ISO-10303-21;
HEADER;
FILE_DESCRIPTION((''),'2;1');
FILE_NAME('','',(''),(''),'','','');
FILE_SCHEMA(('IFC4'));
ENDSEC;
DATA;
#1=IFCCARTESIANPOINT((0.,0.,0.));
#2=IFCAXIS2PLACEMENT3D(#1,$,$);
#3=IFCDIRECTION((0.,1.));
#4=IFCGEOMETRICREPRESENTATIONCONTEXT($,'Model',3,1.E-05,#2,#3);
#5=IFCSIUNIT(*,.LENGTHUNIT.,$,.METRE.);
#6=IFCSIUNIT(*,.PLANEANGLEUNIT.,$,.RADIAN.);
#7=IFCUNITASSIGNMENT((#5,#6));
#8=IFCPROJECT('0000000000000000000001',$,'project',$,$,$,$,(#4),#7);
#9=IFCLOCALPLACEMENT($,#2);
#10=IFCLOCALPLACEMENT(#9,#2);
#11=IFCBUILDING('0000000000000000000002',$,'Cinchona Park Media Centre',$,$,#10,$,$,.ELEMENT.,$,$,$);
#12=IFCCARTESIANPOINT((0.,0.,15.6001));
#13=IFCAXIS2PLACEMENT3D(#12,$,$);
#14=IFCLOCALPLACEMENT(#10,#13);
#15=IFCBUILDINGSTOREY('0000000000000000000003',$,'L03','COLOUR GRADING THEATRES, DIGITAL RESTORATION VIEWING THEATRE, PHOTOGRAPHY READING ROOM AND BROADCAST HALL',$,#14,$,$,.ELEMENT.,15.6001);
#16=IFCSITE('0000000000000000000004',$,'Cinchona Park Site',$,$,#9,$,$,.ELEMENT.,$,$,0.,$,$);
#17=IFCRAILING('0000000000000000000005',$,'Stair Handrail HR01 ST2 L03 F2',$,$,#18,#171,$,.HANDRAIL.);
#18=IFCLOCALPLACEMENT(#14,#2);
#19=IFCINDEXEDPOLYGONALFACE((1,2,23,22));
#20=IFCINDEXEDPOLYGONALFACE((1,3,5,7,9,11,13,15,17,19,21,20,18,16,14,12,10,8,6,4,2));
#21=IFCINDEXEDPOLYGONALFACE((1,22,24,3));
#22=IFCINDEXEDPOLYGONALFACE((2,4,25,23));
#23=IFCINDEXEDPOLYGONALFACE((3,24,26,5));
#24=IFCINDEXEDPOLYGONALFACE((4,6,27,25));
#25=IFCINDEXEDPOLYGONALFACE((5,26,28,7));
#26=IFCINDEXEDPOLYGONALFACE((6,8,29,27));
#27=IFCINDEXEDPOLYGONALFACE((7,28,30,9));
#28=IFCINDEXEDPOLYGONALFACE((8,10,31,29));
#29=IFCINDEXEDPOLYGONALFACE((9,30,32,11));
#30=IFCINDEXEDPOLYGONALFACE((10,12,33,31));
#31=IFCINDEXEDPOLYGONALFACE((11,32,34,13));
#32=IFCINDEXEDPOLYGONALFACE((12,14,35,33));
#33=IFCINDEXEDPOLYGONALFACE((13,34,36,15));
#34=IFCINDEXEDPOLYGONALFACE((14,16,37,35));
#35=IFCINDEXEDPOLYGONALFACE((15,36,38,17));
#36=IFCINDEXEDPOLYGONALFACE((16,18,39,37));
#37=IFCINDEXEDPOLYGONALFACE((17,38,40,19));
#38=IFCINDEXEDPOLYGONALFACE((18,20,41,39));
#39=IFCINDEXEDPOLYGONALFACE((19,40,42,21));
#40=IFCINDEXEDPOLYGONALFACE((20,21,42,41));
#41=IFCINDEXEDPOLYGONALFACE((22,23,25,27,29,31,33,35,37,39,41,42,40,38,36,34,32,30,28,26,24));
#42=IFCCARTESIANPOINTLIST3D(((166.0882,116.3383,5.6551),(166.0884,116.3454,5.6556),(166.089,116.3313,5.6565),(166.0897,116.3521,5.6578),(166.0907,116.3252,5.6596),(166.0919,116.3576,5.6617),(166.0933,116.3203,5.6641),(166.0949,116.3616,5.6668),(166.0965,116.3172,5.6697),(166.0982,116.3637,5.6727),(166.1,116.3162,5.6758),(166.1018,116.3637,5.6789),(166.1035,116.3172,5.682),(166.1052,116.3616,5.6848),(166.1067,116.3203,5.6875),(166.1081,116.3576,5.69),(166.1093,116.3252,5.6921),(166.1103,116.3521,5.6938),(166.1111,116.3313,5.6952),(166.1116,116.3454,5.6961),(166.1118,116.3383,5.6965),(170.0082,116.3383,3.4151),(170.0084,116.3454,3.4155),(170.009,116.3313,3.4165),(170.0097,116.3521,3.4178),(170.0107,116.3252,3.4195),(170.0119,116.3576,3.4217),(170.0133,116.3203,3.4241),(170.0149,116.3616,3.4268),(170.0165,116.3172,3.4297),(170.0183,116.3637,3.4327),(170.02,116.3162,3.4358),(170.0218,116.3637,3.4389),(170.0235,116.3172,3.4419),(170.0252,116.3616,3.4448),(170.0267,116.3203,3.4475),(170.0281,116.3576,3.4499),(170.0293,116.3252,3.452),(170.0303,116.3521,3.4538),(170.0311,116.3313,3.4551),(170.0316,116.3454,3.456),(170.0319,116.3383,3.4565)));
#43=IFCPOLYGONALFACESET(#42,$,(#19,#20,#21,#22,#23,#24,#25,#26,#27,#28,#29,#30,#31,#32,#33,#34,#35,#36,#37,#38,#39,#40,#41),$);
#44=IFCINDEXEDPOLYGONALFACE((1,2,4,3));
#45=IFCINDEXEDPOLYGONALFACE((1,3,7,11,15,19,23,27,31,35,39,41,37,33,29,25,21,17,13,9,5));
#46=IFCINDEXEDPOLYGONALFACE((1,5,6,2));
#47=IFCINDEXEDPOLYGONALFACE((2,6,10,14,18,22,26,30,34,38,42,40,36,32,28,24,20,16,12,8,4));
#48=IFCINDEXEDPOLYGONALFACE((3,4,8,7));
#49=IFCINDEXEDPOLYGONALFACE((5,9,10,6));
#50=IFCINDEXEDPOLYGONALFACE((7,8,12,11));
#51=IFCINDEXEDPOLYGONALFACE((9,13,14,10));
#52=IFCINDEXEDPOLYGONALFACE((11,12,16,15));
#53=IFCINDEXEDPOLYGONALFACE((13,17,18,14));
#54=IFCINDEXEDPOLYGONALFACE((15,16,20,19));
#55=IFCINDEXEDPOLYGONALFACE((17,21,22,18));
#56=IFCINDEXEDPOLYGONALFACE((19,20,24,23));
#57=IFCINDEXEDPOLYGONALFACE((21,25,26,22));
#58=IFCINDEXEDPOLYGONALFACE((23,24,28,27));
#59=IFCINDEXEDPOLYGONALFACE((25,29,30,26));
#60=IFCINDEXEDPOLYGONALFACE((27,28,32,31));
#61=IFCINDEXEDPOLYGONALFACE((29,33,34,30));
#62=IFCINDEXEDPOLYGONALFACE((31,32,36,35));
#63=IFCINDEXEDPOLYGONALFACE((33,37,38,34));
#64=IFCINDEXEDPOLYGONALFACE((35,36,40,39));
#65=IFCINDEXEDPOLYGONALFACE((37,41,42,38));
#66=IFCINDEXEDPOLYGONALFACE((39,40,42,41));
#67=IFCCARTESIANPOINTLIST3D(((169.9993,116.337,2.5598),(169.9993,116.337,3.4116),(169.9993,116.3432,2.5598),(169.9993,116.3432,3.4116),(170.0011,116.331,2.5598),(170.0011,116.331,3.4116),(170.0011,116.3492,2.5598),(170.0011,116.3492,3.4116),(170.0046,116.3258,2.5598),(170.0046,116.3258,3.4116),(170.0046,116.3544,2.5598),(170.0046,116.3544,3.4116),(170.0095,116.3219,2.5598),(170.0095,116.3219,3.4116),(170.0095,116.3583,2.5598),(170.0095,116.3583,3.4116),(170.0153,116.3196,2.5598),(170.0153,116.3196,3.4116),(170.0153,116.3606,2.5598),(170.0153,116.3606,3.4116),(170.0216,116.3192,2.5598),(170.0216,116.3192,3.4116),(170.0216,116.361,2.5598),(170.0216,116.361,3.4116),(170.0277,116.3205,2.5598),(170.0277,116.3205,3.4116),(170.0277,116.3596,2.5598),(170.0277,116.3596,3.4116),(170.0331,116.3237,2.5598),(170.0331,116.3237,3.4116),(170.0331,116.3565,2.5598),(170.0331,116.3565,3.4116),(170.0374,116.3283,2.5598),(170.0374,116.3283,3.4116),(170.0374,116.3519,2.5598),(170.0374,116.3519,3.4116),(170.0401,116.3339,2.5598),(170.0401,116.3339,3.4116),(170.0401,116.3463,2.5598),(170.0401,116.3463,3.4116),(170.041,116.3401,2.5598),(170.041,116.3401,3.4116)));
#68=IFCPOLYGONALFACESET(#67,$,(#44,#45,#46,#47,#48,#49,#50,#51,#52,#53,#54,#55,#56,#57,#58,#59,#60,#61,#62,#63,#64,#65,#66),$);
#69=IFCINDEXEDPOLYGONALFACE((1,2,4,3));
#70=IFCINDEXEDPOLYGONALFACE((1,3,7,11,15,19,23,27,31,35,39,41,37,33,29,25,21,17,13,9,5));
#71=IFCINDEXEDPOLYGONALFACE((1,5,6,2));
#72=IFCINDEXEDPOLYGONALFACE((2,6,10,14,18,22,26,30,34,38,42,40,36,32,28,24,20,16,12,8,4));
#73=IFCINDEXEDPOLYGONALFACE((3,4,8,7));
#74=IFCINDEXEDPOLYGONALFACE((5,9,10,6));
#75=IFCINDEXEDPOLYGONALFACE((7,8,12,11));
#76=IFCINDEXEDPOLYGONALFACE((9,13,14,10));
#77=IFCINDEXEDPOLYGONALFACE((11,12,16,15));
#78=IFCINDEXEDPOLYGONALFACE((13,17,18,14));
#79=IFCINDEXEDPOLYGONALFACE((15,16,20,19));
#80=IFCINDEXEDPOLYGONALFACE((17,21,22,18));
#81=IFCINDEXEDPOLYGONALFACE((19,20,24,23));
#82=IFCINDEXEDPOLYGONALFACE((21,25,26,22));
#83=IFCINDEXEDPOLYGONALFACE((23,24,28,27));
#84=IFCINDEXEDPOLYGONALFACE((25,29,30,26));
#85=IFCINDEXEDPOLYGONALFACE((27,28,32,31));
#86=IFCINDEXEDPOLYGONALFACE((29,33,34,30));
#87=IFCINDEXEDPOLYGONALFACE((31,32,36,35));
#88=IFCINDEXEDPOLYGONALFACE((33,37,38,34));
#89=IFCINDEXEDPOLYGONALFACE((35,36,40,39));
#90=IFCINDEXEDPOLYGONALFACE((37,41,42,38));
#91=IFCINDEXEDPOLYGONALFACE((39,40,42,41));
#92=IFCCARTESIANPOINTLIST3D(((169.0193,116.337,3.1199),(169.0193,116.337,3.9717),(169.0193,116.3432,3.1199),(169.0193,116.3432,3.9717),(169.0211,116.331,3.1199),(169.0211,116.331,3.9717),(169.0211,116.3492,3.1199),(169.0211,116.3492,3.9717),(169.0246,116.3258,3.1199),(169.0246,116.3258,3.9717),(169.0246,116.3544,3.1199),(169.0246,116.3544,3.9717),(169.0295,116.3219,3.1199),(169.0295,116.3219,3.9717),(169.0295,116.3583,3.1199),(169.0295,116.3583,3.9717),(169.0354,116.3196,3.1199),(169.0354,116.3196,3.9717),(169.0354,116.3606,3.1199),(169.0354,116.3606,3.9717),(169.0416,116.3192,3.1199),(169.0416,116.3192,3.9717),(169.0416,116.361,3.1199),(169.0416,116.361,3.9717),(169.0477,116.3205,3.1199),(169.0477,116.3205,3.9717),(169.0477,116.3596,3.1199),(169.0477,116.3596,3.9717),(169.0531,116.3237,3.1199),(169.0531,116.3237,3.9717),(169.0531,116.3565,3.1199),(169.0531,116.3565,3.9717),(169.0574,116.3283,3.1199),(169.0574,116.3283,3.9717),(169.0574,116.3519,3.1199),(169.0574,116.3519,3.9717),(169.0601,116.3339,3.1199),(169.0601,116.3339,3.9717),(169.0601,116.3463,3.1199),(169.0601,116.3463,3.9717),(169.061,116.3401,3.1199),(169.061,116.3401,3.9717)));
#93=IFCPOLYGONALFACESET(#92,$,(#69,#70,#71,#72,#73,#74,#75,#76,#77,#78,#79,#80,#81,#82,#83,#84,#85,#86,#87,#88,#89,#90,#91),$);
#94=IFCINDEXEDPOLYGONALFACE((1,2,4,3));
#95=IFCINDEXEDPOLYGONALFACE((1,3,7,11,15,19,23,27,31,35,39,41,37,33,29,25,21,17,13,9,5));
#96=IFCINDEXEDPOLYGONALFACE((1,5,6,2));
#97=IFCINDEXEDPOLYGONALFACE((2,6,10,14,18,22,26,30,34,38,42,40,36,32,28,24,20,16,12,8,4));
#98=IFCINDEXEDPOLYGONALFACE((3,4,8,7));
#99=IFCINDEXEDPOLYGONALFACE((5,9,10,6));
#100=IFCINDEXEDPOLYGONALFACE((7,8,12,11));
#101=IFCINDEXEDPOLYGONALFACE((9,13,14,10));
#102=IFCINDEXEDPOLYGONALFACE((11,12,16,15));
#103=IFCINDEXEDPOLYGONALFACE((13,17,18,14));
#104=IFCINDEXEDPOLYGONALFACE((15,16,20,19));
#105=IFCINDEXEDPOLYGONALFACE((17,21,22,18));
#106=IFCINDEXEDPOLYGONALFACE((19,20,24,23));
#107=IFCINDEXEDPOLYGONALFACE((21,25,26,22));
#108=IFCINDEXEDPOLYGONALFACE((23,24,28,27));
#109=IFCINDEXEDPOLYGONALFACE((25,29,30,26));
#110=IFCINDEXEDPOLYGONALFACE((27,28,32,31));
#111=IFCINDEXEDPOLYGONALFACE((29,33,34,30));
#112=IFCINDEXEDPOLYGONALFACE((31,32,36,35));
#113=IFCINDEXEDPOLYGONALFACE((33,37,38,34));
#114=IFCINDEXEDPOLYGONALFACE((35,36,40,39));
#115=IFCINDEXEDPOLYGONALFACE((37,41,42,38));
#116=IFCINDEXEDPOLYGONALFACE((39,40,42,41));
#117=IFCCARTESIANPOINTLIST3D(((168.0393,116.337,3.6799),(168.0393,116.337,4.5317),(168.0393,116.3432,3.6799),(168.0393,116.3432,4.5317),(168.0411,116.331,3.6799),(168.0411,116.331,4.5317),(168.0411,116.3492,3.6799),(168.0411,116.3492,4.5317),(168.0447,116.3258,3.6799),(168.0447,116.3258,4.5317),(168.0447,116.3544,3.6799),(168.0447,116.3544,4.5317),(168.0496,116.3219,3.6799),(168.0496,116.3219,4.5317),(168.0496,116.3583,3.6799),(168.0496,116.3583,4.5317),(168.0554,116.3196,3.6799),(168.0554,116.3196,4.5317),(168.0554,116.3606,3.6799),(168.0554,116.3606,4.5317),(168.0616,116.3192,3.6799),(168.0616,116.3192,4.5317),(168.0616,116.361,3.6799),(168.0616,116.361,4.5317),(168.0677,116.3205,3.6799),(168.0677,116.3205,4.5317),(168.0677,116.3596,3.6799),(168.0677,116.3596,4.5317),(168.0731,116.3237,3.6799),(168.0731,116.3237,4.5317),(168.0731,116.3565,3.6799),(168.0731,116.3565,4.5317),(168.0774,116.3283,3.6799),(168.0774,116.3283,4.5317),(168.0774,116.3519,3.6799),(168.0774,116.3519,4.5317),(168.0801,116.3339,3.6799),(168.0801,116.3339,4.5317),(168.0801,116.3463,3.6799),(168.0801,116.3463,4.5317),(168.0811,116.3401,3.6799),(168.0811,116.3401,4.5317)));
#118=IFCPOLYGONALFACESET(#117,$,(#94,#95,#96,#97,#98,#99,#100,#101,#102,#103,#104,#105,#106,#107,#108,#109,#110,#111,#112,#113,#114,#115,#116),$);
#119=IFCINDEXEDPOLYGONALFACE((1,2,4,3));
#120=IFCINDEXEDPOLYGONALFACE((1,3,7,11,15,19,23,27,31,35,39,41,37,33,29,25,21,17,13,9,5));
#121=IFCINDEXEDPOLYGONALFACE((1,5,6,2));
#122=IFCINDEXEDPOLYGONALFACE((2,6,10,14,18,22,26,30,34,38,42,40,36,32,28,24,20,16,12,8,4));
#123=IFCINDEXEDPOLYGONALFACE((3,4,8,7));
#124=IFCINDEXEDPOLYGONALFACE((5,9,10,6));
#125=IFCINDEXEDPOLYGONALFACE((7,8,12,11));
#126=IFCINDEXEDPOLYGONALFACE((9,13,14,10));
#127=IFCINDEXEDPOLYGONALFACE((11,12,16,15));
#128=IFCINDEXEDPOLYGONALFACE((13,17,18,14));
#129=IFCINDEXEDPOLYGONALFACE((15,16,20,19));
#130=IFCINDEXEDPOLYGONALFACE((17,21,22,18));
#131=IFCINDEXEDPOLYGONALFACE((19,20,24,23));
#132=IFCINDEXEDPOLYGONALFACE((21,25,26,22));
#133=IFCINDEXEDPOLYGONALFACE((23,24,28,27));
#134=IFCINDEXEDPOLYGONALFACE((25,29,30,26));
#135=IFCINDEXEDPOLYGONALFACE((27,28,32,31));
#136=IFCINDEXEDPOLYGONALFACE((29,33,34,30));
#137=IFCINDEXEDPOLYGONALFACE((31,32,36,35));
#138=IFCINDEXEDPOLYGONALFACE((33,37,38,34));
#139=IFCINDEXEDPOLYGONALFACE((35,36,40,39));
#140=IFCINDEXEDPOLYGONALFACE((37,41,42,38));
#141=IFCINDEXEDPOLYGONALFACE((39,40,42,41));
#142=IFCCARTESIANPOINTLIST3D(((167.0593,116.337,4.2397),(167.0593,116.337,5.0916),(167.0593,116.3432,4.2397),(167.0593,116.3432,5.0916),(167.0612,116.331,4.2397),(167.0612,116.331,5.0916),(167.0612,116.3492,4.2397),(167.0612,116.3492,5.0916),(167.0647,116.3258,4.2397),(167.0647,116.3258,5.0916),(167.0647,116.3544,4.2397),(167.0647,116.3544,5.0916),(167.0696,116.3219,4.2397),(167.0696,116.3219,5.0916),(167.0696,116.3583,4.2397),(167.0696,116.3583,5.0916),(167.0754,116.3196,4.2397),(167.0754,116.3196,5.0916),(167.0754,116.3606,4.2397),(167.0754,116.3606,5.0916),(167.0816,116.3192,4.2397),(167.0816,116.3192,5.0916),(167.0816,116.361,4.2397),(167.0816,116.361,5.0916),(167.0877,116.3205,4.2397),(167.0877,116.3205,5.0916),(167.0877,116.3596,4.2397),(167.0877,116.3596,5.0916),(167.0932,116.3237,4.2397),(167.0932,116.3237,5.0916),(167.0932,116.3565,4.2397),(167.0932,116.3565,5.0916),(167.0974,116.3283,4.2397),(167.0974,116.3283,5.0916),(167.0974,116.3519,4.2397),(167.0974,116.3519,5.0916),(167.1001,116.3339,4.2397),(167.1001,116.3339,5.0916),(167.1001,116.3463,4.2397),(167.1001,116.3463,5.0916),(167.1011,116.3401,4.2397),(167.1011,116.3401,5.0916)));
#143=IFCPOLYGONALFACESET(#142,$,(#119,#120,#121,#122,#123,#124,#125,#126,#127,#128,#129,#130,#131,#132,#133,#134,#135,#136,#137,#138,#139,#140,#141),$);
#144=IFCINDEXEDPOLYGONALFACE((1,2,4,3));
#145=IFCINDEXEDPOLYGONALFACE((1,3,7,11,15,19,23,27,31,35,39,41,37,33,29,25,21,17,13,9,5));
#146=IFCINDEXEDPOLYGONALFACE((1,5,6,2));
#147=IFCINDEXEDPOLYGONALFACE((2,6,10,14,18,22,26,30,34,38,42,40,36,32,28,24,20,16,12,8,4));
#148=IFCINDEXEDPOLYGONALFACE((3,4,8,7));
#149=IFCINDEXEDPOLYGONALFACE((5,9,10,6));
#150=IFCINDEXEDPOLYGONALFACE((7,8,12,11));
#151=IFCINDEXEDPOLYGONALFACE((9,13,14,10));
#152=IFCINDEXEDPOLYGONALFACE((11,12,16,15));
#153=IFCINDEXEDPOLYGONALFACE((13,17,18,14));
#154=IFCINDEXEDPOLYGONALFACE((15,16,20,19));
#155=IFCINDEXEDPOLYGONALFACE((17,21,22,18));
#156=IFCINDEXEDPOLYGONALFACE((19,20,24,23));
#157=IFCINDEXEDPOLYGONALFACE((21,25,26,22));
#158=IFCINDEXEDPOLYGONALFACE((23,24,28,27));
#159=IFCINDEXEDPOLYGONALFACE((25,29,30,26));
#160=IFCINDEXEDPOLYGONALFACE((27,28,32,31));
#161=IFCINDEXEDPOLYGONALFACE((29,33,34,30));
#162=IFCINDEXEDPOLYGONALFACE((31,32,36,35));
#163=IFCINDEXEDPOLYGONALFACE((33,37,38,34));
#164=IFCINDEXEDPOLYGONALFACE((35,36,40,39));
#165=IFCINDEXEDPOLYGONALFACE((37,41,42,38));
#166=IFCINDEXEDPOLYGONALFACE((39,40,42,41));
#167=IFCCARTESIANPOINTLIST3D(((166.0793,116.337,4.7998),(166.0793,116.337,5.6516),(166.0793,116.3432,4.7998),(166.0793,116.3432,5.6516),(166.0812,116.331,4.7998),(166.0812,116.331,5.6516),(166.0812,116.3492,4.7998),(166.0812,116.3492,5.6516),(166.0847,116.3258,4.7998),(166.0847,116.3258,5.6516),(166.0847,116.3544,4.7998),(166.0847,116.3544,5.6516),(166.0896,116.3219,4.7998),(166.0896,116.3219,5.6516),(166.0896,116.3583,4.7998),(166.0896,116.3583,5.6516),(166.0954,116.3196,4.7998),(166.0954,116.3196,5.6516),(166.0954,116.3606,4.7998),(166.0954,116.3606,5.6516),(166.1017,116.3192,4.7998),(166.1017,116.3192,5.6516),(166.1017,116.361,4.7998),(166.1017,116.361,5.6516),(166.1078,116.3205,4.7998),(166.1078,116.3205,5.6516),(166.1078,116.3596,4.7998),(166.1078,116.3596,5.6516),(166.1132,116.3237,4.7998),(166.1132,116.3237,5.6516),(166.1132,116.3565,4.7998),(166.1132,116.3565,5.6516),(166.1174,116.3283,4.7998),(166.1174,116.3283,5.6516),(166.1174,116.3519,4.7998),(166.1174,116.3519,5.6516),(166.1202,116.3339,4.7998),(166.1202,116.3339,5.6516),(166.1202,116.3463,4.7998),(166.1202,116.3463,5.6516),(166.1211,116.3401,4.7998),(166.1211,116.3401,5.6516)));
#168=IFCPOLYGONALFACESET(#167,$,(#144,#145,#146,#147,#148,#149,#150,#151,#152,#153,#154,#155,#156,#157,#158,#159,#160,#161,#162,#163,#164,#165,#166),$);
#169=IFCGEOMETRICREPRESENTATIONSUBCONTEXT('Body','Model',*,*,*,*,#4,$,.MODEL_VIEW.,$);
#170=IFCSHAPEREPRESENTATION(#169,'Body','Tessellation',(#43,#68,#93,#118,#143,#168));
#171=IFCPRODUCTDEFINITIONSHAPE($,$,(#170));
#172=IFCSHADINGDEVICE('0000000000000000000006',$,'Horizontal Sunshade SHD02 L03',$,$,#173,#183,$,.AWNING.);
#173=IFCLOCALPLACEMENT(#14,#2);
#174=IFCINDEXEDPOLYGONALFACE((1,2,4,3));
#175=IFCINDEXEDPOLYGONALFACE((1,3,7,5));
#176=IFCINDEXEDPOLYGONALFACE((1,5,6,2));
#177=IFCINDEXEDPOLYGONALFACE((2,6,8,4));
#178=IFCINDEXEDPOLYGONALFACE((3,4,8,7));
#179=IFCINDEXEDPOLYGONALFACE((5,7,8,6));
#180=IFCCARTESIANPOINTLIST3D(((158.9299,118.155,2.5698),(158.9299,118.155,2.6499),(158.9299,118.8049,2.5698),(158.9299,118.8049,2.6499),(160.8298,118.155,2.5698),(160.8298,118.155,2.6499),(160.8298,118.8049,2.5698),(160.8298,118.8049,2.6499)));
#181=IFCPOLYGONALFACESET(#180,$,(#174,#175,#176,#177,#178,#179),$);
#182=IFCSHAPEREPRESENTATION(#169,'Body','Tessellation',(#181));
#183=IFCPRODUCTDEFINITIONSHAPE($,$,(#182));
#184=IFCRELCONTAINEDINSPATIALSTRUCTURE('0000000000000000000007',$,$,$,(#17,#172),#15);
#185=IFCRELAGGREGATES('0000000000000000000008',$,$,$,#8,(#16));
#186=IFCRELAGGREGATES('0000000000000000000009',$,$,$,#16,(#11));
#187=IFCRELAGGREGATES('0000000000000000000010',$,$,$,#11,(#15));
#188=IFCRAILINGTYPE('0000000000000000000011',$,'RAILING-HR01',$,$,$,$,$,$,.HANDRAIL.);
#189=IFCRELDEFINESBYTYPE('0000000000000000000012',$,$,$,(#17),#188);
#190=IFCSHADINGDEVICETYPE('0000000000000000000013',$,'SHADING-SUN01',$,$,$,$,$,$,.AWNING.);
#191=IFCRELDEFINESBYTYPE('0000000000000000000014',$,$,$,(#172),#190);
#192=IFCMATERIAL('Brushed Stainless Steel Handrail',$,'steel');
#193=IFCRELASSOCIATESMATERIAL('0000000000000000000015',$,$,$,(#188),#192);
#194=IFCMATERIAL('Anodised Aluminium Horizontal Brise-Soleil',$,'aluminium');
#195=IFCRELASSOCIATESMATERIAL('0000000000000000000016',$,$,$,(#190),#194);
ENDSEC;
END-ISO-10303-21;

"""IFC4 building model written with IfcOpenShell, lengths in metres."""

from ifc_helpers import new_model, si_unit, direction, frame, origin, origin_2d, place, context, subcontext, project, spatial, rectangle, circle, extrude, material, type_object, element, save


model = new_model("IFC4")

# Units and contexts
model_context = context("Model", 3, precision=1e-05, world=origin(), true_north=direction((0.0, 1.0)))
body_context = subcontext(model_context, "Body", "Model", "MODEL_VIEW")
ifc_project = project(units=[si_unit("LENGTHUNIT", "METRE"), si_unit("PLANEANGLEUNIT", "RADIAN")], contexts=[model_context])

# Site, building, storey
site_placement = place(None, origin())
site = spatial("IfcSite", under=ifc_project, at=site_placement, Name="Cinchona Park Site", CompositionType="ELEMENT", RefElevation=0.0)
building_placement = place(site_placement, origin())
building = spatial("IfcBuilding", under=site, at=building_placement, Name="Cinchona Park Media Centre", CompositionType="ELEMENT")
storey_placement = place(building_placement, frame((0.0, 0.0, 15.6001)))
storey = spatial("IfcBuildingStorey", under=building, at=storey_placement, Name="L03", Description="COLOUR GRADING THEATRES, DIGITAL RESTORATION VIEWING THEATRE, PHOTOGRAPHY READING ROOM AND BROADCAST HALL", CompositionType="ELEMENT", Elevation=15.6001)

# Railing
ifc_material_1 = material(Name="Brushed Stainless Steel Handrail", Category="steel")
railing_type_1 = type_object("IfcRailingType", Name="RAILING-HR01", PredefinedType="HANDRAIL", material=ifc_material_1)
railing_1_placement = place(storey_placement, frame((170.02, 116.3401, 2.5598)))
element("IfcRailing", 1, at=railing_1_placement, inside=storey, type_object=railing_type_1, Name="Stair Handrail HR01 ST2 L03 F2", PredefinedType="HANDRAIL", context=body_context, shape_type="SweptSolid", body=[
    extrude(circle(Radius=0.0239, at=origin_2d()), frame((0.0, 0.0, 0.876), z_axis=(-0.86824, 0.0, 0.496145), x_axis=(0.0, -1.0, 0.0)), (0.0, 0.0, 1.0), 4.5149),
    extrude(circle(Radius=0.021, at=origin_2d()), origin(), (0.0, 0.0, 1.0), 0.8518),
    extrude(circle(Radius=0.021, at=origin_2d()), frame((-0.98, 0.0, 0.5601)), (0.0, 0.0, 1.0), 0.8518),
    extrude(circle(Radius=0.021, at=origin_2d()), frame((-1.96, 0.0, 1.1201)), (0.0, 0.0, 1.0), 0.8518),
    extrude(circle(Radius=0.021, at=origin_2d()), frame((-2.9399, 0.0, 1.6799)), (0.0, 0.0, 1.0), 0.8518),
    extrude(circle(Radius=0.021, at=origin_2d()), frame((-3.9199, 0.0, 2.24)), (0.0, 0.0, 1.0), 0.8518),
])

# Shading device
ifc_material_2 = material(Name="Anodised Aluminium Horizontal Brise-Soleil", Category="aluminium")
shading_device_type = type_object("IfcShadingDeviceType", Name="SHADING-SUN01", PredefinedType="AWNING", material=ifc_material_2)
shading_device_placement = place(storey_placement, frame((159.8799, 118.48, 2.5698), z_axis=(0.0, 0.0, 1.0), x_axis=(1.0, 0.0, 0.0)))
element("IfcShadingDevice", 2, at=shading_device_placement, inside=storey, type_object=shading_device_type, Name="Horizontal Sunshade SHD02 L03", PredefinedType="AWNING", context=body_context, shape_type="SweptSolid", body=[
    extrude(rectangle(XDim=1.8999, YDim=0.6499, at=origin_2d()), origin(), (0.0, 0.0, 1.0), 0.0801),
])

save(model, "model.ifc")
